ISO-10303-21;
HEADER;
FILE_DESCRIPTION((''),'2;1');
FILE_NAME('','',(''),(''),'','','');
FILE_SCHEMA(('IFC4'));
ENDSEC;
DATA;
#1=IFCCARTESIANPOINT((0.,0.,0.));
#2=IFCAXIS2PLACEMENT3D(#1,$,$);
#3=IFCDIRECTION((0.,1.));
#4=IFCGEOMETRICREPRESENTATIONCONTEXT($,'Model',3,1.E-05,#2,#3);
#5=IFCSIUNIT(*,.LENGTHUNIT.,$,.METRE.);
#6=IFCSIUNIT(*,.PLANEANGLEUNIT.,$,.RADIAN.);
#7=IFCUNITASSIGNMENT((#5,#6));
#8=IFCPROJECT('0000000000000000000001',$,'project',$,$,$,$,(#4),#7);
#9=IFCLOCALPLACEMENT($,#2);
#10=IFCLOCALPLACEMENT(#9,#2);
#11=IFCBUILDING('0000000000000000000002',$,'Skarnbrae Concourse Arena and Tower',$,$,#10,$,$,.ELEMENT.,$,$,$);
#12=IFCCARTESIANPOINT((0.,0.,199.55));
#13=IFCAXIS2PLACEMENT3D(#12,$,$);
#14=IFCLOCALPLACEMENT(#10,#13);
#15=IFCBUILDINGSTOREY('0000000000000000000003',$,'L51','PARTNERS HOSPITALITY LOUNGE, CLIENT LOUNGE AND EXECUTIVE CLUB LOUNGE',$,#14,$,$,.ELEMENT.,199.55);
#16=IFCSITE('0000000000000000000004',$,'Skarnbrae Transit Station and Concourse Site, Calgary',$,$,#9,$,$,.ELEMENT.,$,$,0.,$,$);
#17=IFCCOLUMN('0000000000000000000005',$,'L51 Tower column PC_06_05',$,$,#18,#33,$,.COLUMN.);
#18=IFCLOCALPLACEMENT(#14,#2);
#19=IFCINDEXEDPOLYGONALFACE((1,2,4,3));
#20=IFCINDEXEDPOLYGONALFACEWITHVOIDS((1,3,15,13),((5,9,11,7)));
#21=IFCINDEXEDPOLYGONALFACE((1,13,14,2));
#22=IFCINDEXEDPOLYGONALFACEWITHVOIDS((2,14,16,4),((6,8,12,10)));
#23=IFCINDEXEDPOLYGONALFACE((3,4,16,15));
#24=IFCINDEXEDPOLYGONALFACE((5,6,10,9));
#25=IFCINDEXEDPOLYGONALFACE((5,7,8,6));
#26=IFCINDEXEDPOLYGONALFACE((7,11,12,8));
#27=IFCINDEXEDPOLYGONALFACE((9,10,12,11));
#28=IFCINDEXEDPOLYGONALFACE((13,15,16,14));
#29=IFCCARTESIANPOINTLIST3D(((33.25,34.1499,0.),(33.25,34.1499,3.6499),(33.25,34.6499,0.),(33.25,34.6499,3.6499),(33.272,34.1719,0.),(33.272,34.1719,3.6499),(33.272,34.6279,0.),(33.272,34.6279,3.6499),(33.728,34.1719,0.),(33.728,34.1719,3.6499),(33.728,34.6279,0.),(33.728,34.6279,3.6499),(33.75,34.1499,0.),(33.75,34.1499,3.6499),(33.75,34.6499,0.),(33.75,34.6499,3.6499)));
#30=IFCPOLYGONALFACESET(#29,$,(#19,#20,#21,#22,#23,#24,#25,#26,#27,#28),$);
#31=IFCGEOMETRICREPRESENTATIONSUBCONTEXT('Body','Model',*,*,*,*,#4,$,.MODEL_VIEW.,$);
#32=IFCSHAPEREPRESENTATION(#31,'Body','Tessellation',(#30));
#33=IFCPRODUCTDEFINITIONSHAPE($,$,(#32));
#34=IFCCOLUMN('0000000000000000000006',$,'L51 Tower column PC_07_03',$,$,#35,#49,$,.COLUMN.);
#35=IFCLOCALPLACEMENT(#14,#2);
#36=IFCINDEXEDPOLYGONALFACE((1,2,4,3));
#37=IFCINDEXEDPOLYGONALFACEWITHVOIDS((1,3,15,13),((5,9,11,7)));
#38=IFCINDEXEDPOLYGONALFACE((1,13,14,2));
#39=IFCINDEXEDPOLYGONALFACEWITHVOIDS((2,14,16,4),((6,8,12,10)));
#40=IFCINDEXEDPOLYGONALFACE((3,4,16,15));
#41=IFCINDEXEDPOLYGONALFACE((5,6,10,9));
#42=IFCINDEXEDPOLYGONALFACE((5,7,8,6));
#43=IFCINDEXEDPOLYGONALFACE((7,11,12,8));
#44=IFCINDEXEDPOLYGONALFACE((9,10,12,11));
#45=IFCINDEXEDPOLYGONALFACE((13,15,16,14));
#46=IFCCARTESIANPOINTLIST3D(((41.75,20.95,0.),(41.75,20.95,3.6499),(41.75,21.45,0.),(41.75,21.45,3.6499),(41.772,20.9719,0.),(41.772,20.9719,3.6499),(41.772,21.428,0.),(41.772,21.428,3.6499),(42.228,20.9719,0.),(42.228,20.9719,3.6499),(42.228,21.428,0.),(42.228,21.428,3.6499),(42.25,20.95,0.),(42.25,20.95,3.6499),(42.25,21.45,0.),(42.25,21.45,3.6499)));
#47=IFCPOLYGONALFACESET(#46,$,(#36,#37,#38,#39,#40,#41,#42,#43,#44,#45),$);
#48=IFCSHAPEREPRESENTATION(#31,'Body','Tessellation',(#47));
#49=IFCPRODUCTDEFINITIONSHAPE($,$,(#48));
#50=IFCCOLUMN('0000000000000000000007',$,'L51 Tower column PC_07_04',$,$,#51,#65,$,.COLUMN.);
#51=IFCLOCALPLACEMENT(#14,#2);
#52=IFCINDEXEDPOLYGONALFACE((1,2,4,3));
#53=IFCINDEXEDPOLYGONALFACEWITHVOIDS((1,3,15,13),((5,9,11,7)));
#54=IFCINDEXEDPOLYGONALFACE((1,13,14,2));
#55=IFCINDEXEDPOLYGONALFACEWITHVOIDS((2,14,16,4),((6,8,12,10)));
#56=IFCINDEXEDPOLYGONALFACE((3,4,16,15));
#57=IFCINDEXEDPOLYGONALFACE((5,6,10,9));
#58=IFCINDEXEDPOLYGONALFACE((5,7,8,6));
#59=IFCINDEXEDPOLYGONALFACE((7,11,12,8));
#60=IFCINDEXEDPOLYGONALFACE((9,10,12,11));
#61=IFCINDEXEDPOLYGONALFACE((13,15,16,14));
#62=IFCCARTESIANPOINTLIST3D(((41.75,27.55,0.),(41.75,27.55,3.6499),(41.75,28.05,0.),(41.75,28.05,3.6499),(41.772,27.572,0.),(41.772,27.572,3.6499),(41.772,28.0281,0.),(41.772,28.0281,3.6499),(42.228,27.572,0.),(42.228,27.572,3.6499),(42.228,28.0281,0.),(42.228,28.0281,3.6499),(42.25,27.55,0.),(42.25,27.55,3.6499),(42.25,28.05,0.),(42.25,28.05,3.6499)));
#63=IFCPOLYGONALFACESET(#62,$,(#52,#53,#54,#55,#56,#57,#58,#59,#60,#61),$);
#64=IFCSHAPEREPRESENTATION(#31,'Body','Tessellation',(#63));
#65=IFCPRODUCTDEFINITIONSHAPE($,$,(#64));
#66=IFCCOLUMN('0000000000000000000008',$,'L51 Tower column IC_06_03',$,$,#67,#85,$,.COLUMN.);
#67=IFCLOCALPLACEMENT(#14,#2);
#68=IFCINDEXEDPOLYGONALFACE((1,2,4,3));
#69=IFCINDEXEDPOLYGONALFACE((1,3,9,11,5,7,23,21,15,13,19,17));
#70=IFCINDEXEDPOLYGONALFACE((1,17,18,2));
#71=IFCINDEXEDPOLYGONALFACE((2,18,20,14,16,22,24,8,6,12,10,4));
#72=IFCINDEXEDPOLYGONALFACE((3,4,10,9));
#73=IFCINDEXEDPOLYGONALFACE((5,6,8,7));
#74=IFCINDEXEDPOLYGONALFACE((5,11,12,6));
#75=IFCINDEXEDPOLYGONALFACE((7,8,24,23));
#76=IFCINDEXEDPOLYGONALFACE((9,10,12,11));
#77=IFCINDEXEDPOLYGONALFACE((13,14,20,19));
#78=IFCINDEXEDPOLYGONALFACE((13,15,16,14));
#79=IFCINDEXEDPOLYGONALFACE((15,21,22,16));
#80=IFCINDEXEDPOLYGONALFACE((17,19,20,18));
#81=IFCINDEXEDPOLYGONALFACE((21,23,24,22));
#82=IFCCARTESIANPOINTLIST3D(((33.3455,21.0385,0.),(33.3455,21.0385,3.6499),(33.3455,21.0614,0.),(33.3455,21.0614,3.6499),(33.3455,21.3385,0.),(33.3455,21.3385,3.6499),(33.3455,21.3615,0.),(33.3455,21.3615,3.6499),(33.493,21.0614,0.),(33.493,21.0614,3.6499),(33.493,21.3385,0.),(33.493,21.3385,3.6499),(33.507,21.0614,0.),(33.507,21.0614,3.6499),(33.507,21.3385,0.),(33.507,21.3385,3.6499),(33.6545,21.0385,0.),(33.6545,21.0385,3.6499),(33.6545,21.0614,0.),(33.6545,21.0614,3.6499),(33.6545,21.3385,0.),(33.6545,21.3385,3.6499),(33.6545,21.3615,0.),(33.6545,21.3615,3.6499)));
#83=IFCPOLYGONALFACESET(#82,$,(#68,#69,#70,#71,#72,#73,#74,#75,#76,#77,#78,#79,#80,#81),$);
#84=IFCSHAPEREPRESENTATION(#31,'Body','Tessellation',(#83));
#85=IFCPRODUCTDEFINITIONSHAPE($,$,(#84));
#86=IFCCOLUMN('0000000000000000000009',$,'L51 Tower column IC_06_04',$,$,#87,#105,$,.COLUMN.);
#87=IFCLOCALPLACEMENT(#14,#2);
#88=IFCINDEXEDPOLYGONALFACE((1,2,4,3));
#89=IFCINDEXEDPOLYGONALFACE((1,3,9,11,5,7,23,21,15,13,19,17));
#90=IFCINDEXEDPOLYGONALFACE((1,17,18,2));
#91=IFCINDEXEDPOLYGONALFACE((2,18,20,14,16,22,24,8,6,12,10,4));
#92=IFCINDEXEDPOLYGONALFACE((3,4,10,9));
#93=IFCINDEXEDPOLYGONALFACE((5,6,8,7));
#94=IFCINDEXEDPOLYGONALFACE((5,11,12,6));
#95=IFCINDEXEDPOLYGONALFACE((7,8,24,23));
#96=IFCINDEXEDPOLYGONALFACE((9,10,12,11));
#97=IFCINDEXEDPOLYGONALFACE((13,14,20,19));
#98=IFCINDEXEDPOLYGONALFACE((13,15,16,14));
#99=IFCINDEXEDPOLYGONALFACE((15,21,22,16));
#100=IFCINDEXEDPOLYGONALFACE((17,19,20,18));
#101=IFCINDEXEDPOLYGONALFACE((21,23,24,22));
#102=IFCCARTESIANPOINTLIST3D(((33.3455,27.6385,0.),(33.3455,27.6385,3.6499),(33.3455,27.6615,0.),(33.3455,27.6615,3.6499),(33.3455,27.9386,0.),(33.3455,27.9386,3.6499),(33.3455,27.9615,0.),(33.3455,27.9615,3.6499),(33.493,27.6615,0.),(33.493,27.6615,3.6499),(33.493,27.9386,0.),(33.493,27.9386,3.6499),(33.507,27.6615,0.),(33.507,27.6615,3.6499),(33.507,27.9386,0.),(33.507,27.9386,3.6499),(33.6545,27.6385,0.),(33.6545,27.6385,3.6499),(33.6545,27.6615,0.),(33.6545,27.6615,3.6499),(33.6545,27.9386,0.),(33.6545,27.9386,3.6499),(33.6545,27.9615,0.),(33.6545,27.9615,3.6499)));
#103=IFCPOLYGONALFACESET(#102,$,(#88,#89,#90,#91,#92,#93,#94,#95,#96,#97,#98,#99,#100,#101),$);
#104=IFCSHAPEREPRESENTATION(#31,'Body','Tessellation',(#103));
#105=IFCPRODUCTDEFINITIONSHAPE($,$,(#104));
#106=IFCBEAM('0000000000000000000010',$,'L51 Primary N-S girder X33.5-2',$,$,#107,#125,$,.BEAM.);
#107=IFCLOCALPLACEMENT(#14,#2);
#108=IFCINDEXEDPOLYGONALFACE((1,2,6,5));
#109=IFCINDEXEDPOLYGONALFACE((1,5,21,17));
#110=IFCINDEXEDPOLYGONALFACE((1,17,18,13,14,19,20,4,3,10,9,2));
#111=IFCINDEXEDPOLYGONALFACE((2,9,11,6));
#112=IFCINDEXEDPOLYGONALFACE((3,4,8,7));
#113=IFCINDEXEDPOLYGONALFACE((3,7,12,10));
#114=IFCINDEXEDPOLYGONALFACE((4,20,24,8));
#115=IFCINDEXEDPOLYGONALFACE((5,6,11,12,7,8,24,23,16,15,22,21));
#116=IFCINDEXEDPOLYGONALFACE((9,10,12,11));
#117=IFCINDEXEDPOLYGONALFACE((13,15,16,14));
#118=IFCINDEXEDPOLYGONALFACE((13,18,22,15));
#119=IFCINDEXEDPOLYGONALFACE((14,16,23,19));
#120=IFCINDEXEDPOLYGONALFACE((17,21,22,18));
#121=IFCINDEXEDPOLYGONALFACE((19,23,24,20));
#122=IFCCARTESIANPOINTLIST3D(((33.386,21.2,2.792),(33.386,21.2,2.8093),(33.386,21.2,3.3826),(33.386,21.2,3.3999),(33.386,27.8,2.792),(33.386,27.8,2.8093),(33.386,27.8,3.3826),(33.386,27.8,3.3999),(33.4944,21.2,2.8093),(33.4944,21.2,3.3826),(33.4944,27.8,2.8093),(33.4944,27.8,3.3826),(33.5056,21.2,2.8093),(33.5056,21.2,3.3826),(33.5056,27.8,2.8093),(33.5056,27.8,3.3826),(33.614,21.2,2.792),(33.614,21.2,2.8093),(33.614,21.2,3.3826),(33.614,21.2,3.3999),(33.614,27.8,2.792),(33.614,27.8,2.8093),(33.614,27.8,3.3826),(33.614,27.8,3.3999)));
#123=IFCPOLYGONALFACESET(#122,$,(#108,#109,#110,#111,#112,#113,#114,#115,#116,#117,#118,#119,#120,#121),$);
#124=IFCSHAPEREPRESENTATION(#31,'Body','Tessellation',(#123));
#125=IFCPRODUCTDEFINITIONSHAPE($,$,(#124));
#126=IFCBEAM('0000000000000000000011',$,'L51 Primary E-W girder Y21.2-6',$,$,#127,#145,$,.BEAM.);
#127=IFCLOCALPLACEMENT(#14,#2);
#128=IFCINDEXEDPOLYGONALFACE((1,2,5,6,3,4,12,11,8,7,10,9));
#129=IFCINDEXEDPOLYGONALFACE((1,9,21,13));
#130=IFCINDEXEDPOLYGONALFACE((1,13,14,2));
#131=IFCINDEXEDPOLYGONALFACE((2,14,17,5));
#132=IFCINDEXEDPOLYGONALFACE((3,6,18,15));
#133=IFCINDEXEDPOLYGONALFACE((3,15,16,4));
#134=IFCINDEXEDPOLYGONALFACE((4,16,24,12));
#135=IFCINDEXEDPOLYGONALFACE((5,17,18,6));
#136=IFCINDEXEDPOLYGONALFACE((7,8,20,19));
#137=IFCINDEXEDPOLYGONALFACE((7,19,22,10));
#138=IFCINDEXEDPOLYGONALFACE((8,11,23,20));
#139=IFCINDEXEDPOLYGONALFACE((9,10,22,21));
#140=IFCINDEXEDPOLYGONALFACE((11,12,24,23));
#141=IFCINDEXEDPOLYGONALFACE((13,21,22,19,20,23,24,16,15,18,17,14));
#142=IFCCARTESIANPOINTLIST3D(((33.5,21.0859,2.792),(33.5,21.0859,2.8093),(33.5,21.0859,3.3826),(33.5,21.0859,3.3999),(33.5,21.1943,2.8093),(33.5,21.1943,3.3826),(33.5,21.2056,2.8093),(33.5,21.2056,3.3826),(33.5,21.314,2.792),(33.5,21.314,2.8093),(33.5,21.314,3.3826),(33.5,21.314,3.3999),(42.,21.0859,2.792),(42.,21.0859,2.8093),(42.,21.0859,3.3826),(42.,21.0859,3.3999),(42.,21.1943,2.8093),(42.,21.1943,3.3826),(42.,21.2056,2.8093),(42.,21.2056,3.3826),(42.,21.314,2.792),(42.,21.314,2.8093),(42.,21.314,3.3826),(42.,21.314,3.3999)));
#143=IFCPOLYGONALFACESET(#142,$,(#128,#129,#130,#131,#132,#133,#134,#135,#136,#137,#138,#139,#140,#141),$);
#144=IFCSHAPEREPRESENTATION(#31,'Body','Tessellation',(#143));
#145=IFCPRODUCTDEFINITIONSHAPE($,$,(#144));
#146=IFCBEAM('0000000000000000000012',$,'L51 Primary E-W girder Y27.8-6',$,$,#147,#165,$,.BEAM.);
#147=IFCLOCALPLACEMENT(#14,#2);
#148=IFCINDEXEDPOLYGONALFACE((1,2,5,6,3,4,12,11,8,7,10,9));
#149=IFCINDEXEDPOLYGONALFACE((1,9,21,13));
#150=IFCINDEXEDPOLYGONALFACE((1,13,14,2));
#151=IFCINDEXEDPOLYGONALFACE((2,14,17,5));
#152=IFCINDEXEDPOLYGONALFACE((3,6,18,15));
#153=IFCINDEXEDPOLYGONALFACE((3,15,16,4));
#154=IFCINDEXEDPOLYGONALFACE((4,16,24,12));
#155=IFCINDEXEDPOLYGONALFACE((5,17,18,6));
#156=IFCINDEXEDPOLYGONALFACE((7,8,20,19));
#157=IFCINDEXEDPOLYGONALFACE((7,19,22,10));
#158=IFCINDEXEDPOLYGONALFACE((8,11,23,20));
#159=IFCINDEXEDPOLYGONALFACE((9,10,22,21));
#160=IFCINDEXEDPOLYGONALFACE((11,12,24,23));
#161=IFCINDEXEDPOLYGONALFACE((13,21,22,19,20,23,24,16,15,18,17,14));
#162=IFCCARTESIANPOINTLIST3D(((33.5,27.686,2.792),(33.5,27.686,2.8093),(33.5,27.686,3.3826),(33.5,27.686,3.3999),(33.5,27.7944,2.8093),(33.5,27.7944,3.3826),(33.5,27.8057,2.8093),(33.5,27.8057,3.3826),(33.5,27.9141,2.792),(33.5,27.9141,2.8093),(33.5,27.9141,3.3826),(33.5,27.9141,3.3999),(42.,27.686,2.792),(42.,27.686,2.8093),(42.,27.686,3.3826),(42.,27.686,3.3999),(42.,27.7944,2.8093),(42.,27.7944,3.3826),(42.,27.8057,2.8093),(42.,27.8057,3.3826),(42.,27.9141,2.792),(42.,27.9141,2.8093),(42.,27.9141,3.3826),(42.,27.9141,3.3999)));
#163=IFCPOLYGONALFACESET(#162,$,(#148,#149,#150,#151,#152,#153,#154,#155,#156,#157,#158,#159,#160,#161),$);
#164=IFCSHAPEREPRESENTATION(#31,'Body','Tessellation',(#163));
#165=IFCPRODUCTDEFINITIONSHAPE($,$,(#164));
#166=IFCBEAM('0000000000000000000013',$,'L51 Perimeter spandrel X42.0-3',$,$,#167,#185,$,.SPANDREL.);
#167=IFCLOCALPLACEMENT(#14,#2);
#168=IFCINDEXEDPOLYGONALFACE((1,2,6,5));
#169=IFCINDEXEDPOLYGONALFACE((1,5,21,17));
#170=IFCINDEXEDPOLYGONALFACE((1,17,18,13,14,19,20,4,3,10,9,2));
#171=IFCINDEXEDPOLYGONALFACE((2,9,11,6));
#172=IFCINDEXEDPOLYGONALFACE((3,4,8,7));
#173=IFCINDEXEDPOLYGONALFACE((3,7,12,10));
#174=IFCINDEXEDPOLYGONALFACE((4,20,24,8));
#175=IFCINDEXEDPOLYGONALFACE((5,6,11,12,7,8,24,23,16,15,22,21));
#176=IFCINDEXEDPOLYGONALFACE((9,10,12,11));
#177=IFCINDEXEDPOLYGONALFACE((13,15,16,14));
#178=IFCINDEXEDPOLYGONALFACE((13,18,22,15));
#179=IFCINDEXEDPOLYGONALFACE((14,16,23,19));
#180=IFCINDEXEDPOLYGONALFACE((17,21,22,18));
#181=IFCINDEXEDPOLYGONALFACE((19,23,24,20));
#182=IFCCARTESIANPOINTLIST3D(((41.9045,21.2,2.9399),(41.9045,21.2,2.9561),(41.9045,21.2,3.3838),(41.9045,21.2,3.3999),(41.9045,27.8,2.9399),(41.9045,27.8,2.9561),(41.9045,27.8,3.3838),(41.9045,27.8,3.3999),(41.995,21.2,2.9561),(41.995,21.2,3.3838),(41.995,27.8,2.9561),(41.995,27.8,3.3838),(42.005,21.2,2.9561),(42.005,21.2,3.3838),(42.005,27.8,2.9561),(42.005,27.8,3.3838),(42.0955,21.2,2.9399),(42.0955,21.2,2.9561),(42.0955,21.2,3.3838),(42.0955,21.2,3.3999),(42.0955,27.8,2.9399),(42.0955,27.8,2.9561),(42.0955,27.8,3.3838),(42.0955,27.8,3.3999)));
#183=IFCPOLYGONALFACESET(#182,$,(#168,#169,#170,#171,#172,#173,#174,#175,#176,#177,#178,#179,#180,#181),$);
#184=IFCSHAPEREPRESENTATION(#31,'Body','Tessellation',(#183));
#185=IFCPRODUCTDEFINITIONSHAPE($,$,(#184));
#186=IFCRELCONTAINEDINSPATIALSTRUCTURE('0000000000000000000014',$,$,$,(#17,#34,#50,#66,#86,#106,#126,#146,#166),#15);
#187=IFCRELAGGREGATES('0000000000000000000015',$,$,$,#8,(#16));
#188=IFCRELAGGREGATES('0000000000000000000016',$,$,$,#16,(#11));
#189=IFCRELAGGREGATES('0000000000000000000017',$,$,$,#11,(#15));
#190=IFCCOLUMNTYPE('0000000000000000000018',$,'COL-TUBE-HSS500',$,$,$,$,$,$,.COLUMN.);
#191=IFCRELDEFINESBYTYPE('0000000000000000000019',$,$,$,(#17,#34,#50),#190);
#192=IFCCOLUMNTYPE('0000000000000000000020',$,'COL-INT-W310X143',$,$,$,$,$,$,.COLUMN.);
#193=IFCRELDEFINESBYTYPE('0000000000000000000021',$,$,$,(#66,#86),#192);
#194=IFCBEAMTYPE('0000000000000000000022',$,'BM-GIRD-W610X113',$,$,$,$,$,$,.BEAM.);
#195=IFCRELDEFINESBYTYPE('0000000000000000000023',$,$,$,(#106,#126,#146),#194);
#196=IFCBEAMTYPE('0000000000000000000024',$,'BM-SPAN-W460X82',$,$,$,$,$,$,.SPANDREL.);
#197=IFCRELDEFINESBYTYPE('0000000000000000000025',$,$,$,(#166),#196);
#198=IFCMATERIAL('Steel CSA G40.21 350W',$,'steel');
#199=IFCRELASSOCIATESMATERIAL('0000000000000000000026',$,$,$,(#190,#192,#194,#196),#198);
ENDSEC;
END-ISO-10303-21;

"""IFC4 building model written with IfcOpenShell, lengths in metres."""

from ifc_helpers import new_model, si_unit, direction, frame, origin, origin_2d, place, context, subcontext, project, spatial, hollow_rectangle, i_section, extrude, source, transform, mapped, material, material_profile, profile_set, type_object, element, save


model = new_model("IFC4")

# Units and contexts
model_context = context("Model", 3, precision=1e-05, world=origin(), true_north=direction((0.0, 1.0)))
body_context = subcontext(model_context, "Body", "Model", "MODEL_VIEW")
ifc_project = project(units=[si_unit("LENGTHUNIT", "METRE"), si_unit("PLANEANGLEUNIT", "RADIAN")], contexts=[model_context])

# Site, building, storey
site_placement = place(None, origin())
site = spatial("IfcSite", under=ifc_project, at=site_placement, Name="Skarnbrae Transit Station and Concourse Site, Calgary", CompositionType="ELEMENT", RefElevation=0.0)
building_placement = place(site_placement, origin())
building = spatial("IfcBuilding", under=site, at=building_placement, Name="Skarnbrae Concourse Arena and Tower", CompositionType="ELEMENT")
storey_placement = place(building_placement, frame((0.0, 0.0, 199.55)))
storey = spatial("IfcBuildingStorey", under=building, at=storey_placement, Name="L51", Description="PARTNERS HOSPITALITY LOUNGE, CLIENT LOUNGE AND EXECUTIVE CLUB LOUNGE", CompositionType="ELEMENT", Elevation=199.55)

# Columns
ifc_material_1 = material(Name="Steel CSA G40.21 350W", Category="steel")
ifc_material_profile_1 = material_profile(ifc_material_1, hollow_rectangle(XDim=0.5, YDim=0.5, WallThickness=0.022, at=origin_2d()), Name="HSS500X500X22.0")
ifc_profile_set_1 = profile_set([ifc_material_profile_1], Name="Steel CSA G40.21 350W")
column_type_1 = type_object("IfcColumnType", Name="COL-TUBE-HSS500", PredefinedType="COLUMN", material=ifc_profile_set_1)
shared_shape_1 = source(origin(), body_context, "Body", "SweptSolid", [
    extrude(hollow_rectangle(XDim=0.5, YDim=0.5, WallThickness=0.022, at=origin_2d()), origin(), (0.0, 0.0, 1.0), 3.6499),
])
for number, where, z_axis, x_axis, name in (
    (1, (33.5, 34.3999, 0.0), (0.0, 0.0, 1.0), (1.0, 0.0, 0.0), "L51 Tower column PC_06_05"),
    (2, (42.0, 21.2, 0.0), (0.0, 0.0, 1.0), (1.0, 0.0, 0.0), "L51 Tower column PC_07_03"),
    (3, (42.0, 27.8, 0.0), (0.0, 0.0, 1.0), (1.0, 0.0, 0.0), "L51 Tower column PC_07_04"),
):
    element("IfcColumn", number, at=place(storey_placement, frame(where, z_axis=z_axis, x_axis=x_axis)), inside=storey, type_object=column_type_1, Name=name, PredefinedType="COLUMN", context=body_context, shape_type="MappedRepresentation", body=[
        mapped(shared_shape_1, transform((0.0, 0.0, 0.0))),
    ])
ifc_material_profile_2 = material_profile(ifc_material_1, i_section(OverallWidth=0.3091, OverallDepth=0.323, WebThickness=0.0139, FlangeThickness=0.0229, at=origin_2d()), Name="W310X143")
ifc_profile_set_2 = profile_set([ifc_material_profile_2], Name="Steel CSA G40.21 350W")
column_type_2 = type_object("IfcColumnType", Name="COL-INT-W310X143", PredefinedType="COLUMN", material=ifc_profile_set_2)
shared_shape_2 = source(origin(), body_context, "Body", "SweptSolid", [
    extrude(i_section(OverallWidth=0.3091, OverallDepth=0.323, WebThickness=0.0139, FlangeThickness=0.0229, at=origin_2d()), origin(), (0.0, 0.0, 1.0), 3.6499),
])
for number, where, z_axis, x_axis, name in (
    (4, (33.5, 21.2, 0.0), (0.0, 0.0, 1.0), (1.0, 0.0, 0.0), "L51 Tower column IC_06_03"),
    (5, (33.5, 27.8, 0.0), (0.0, 0.0, 1.0), (1.0, 0.0, 0.0), "L51 Tower column IC_06_04"),
):
    element("IfcColumn", number, at=place(storey_placement, frame(where, z_axis=z_axis, x_axis=x_axis)), inside=storey, type_object=column_type_2, Name=name, PredefinedType="COLUMN", context=body_context, shape_type="MappedRepresentation", body=[
        mapped(shared_shape_2, transform((0.0, 0.0, 0.0))),
    ])

# Beams
ifc_material_profile_3 = material_profile(ifc_material_1, i_section(OverallWidth=0.228, OverallDepth=0.6079, WebThickness=0.0112, FlangeThickness=0.0173, at=origin_2d()), Name="W610X113")
ifc_profile_set_3 = profile_set([ifc_material_profile_3], Name="Steel CSA G40.21 350W")
beam_type_1 = type_object("IfcBeamType", Name="BM-GIRD-W610X113", PredefinedType="BEAM", material=ifc_profile_set_3)
shared_shape_3 = source(origin(), body_context, "Body", "SweptSolid", [
    extrude(i_section(OverallWidth=0.228, OverallDepth=0.6079, WebThickness=0.0112, FlangeThickness=0.0173, at=origin_2d()), origin(), (0.0, 0.0, 1.0), 6.6001),
])
beam_1_placement = place(storey_placement, frame((33.5, 21.2, 3.0959), z_axis=(0.0, 1.0, 0.0), x_axis=(-1.0, 0.0, 0.0)))
element("IfcBeam", 6, at=beam_1_placement, inside=storey, type_object=beam_type_1, Name="L51 Primary N-S girder X33.5-2", PredefinedType="BEAM", context=body_context, shape_type="MappedRepresentation", body=[
    mapped(shared_shape_3, transform((0.0, 0.0, 0.0))),
])
shared_shape_4 = source(origin(), body_context, "Body", "SweptSolid", [
    extrude(i_section(OverallWidth=0.228, OverallDepth=0.6079, WebThickness=0.0112, FlangeThickness=0.0173, at=origin_2d()), origin(), (0.0, 0.0, 1.0), 8.5),
])
for number, where, z_axis, x_axis, name in (
    (7, (33.5, 21.2, 3.0959), (1.0, 0.0, 0.0), (0.0, 1.0, 0.0), "L51 Primary E-W girder Y21.2-6"),
    (8, (33.5, 27.8, 3.0959), (1.0, 0.0, 0.0), (0.0, 1.0, 0.0), "L51 Primary E-W girder Y27.8-6"),
):
    element("IfcBeam", number, at=place(storey_placement, frame(where, z_axis=z_axis, x_axis=x_axis)), inside=storey, type_object=beam_type_1, Name=name, PredefinedType="BEAM", context=body_context, shape_type="MappedRepresentation", body=[
        mapped(shared_shape_4, transform((0.0, 0.0, 0.0))),
    ])
ifc_material_profile_4 = material_profile(ifc_material_1, i_section(OverallWidth=0.1909, OverallDepth=0.46, WebThickness=0.01, FlangeThickness=0.0161, at=origin_2d()), Name="W460X82")
ifc_profile_set_4 = profile_set([ifc_material_profile_4], Name="Steel CSA G40.21 350W")
beam_type_2 = type_object("IfcBeamType", Name="BM-SPAN-W460X82", PredefinedType="SPANDREL", material=ifc_profile_set_4)
shared_shape_5 = source(origin(), body_context, "Body", "SweptSolid", [
    extrude(i_section(OverallWidth=0.1909, OverallDepth=0.46, WebThickness=0.01, FlangeThickness=0.0161, at=origin_2d()), origin(), (0.0, 0.0, 1.0), 6.6001),
])
beam_2_placement = place(storey_placement, frame((42.0, 21.2, 3.1699), z_axis=(0.0, 1.0, 0.0), x_axis=(-1.0, 0.0, 0.0)))
element("IfcBeam", 9, at=beam_2_placement, inside=storey, type_object=beam_type_2, Name="L51 Perimeter spandrel X42.0-3", PredefinedType="SPANDREL", context=body_context, shape_type="MappedRepresentation", body=[
    mapped(shared_shape_5, transform((0.0, 0.0, 0.0))),
])

save(model, "model.ifc")
